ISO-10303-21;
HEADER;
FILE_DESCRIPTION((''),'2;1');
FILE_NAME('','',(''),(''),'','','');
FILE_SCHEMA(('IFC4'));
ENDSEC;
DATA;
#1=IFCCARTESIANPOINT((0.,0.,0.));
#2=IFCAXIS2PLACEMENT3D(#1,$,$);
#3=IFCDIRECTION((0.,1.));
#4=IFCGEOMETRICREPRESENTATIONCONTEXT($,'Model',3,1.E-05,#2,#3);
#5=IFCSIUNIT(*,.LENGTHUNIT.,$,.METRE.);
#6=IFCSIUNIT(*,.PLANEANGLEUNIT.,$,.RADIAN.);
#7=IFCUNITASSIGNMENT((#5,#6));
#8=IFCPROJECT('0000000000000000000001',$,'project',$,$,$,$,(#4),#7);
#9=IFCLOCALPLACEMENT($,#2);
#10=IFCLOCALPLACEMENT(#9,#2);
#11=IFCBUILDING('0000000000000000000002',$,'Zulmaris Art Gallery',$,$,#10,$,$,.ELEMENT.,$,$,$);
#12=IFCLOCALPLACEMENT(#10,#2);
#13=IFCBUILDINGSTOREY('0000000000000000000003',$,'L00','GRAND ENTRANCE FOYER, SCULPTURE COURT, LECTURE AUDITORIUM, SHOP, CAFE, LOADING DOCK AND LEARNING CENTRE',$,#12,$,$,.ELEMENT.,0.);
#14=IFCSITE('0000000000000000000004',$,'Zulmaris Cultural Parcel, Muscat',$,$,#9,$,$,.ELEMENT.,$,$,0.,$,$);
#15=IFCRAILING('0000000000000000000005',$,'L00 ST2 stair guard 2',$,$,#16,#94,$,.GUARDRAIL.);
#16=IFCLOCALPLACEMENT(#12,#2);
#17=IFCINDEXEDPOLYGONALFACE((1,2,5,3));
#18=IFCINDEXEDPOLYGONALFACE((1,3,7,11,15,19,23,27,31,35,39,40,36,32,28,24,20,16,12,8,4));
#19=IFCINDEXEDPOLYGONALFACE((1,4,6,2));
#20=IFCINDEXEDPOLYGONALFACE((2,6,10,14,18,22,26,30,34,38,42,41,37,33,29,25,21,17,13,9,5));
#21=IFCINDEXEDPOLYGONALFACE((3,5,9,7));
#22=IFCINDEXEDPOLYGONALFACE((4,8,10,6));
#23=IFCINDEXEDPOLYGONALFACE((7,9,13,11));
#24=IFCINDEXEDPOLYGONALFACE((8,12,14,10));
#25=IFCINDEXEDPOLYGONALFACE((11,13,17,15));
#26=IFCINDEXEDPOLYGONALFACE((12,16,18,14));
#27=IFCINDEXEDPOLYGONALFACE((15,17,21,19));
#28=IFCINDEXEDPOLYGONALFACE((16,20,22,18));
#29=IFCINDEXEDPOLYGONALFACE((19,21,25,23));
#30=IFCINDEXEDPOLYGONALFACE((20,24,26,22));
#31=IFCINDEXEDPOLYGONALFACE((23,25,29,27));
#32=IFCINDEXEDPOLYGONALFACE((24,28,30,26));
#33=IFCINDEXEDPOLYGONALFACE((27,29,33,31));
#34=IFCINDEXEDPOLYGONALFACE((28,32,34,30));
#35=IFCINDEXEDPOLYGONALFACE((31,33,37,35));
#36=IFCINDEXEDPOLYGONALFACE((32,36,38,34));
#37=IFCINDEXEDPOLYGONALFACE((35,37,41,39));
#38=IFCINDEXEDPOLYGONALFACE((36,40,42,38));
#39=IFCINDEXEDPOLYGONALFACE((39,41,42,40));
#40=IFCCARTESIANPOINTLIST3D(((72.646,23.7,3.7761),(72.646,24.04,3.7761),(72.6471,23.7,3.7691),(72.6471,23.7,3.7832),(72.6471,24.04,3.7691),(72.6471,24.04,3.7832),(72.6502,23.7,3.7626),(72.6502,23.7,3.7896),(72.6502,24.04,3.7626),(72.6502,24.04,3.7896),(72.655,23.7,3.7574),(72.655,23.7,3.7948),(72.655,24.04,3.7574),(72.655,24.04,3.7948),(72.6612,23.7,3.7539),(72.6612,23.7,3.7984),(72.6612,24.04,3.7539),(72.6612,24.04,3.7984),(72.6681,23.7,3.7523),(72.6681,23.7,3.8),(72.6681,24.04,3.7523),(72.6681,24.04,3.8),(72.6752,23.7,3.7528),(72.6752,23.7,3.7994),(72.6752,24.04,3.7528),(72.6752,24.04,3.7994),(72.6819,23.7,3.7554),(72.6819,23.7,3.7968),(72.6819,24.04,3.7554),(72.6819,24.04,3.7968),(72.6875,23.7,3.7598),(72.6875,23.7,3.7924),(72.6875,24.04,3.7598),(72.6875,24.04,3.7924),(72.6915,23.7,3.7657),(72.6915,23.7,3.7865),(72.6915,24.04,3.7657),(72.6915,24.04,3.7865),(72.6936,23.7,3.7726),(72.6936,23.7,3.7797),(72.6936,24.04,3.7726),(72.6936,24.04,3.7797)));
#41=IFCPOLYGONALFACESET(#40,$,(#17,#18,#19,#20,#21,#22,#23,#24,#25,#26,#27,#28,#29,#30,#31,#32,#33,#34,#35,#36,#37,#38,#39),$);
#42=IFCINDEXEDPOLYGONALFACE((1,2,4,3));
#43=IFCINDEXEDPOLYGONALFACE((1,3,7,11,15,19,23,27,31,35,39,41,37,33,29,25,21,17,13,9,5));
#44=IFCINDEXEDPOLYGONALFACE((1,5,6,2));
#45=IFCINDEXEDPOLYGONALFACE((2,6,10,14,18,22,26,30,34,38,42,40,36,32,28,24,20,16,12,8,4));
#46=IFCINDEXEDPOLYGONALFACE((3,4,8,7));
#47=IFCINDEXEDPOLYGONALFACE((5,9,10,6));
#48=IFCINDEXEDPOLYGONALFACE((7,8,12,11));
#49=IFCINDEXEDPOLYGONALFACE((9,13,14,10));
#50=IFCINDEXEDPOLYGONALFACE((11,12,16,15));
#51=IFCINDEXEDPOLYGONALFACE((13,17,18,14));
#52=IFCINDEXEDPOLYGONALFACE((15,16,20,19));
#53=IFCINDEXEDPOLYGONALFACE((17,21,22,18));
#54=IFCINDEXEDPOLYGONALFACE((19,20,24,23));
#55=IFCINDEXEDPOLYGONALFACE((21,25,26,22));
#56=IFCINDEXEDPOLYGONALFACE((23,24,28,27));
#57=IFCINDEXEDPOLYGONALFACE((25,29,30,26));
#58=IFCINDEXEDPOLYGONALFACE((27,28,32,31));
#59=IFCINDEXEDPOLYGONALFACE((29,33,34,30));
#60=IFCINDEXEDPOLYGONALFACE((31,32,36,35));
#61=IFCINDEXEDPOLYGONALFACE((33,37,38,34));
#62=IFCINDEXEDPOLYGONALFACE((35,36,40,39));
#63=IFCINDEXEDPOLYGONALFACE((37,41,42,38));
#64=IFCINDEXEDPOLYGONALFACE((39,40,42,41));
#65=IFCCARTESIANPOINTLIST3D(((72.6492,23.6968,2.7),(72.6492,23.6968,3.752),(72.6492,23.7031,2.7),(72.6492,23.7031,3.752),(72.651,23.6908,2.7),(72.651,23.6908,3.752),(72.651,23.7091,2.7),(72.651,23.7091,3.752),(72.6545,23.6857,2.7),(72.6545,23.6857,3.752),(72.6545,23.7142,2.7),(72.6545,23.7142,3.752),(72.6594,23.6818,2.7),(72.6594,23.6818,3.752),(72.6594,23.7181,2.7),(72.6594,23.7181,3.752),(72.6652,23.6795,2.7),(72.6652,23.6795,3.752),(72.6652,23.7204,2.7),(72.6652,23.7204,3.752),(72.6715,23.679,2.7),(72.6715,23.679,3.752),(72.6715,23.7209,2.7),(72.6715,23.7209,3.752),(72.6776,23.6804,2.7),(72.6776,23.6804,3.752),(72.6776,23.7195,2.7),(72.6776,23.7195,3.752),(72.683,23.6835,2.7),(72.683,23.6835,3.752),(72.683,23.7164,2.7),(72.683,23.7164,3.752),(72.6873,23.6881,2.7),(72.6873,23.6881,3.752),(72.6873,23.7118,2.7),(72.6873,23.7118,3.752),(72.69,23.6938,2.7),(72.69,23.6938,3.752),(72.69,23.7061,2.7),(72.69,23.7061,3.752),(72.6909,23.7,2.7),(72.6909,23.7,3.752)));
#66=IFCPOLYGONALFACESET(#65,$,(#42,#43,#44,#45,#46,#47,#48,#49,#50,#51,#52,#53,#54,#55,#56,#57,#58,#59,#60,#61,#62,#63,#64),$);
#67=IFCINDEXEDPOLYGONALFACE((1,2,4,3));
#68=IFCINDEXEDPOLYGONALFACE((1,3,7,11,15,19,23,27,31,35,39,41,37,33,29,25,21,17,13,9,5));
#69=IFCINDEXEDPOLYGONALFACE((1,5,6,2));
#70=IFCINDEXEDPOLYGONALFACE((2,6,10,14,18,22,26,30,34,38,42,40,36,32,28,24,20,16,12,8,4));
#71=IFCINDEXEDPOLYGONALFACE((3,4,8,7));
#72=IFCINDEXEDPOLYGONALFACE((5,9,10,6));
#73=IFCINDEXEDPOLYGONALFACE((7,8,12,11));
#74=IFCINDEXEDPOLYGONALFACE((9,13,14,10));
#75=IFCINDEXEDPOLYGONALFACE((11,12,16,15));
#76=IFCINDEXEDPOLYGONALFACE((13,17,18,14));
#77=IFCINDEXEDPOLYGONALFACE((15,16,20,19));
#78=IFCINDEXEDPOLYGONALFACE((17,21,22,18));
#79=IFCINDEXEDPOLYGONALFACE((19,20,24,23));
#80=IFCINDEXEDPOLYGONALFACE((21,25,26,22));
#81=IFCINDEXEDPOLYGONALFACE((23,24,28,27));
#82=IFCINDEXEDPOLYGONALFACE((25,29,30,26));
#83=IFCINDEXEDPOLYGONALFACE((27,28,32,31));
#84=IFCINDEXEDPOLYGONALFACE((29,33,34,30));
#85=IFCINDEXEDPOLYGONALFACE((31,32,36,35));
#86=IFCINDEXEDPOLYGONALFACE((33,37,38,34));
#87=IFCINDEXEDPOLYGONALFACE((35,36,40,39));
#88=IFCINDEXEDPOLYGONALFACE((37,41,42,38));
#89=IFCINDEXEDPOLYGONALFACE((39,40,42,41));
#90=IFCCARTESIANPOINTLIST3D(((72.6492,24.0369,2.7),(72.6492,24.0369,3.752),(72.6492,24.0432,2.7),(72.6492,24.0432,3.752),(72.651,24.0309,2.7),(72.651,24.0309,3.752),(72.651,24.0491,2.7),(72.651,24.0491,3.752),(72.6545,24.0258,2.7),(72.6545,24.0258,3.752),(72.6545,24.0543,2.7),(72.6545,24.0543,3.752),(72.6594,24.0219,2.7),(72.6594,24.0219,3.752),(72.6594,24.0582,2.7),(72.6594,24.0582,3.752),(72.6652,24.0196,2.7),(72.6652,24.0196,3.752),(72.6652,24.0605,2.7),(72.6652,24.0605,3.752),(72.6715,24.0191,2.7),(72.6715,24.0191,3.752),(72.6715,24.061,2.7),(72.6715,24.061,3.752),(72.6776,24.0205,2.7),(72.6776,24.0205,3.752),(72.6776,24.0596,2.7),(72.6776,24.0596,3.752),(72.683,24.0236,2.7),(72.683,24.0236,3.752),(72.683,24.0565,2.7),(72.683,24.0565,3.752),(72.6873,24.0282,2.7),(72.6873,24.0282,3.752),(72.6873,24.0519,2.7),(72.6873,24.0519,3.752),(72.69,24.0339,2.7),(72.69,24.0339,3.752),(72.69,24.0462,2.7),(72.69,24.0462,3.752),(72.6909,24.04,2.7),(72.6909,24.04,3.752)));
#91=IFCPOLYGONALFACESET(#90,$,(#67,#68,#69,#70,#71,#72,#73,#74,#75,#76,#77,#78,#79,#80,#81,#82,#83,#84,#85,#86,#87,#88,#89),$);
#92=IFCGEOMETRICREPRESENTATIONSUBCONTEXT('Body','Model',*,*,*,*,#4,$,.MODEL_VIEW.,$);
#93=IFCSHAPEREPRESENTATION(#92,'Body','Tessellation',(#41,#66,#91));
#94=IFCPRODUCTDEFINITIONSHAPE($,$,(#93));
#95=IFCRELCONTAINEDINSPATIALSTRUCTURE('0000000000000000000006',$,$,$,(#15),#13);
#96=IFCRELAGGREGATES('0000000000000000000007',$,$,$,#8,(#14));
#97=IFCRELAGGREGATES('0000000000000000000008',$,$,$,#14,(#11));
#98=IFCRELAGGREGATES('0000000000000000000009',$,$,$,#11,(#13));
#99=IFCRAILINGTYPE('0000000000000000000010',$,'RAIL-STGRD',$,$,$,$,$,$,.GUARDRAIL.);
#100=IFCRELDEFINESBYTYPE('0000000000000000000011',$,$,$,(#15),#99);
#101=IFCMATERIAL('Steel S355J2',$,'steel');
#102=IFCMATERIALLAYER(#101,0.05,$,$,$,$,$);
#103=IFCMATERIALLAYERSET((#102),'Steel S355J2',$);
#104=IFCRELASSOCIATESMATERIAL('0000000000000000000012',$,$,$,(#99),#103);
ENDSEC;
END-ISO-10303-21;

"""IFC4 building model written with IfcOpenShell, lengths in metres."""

from ifc_helpers import new_model, si_unit, direction, frame, origin, origin_2d, place, context, subcontext, project, spatial, circle, extrude, material, layer, layer_set, type_object, element, save


model = new_model("IFC4")

# Units and contexts
model_context = context("Model", 3, precision=1e-05, world=origin(), true_north=direction((0.0, 1.0)))
body_context = subcontext(model_context, "Body", "Model", "MODEL_VIEW")
ifc_project = project(units=[si_unit("LENGTHUNIT", "METRE"), si_unit("PLANEANGLEUNIT", "RADIAN")], contexts=[model_context])

# Site, building, storey
site_placement = place(None, origin())
site = spatial("IfcSite", under=ifc_project, at=site_placement, Name="Zulmaris Cultural Parcel, Muscat", CompositionType="ELEMENT", RefElevation=0.0)
building_placement = place(site_placement, origin())
building = spatial("IfcBuilding", under=site, at=building_placement, Name="Zulmaris Art Gallery", CompositionType="ELEMENT")
storey_placement = place(building_placement, origin())
storey = spatial("IfcBuildingStorey", under=building, at=storey_placement, Name="L00", Description="GRAND ENTRANCE FOYER, SCULPTURE COURT, LECTURE AUDITORIUM, SHOP, CAFE, LOADING DOCK AND LEARNING CENTRE", CompositionType="ELEMENT", Elevation=0.0)

# Railing
ifc_material_1 = material(Name="Steel S355J2", Category="steel")
ifc_layer_1 = layer(ifc_material_1, 0.05)
ifc_layer_set_1 = layer_set([ifc_layer_1], Name="Steel S355J2")
railing_type_1 = type_object("IfcRailingType", Name="RAIL-STGRD", PredefinedType="GUARDRAIL", material=ifc_layer_set_1)
railing_1_placement = place(storey_placement, frame((72.6699, 23.7, 2.7)))
element("IfcRailing", 1, at=railing_1_placement, inside=storey, type_object=railing_type_1, Name="L00 ST2 stair guard 2", PredefinedType="GUARDRAIL", context=body_context, shape_type="SweptSolid", body=[
    extrude(circle(Radius=0.0239, at=origin_2d()), frame((0.0, 0.0, 1.0762), z_axis=(0.0, 1.0, 0.0), x_axis=(-1.0, 0.0, 0.0)), (0.0, 0.0, 1.0), 0.3401),
    extrude(circle(Radius=0.021, at=origin_2d()), origin(), (0.0, 0.0, 1.0), 1.052),
    extrude(circle(Radius=0.021, at=origin_2d()), frame((0.0, 0.3401, 0.0)), (0.0, 0.0, 1.0), 1.052),
])

save(model, "model.ifc")
